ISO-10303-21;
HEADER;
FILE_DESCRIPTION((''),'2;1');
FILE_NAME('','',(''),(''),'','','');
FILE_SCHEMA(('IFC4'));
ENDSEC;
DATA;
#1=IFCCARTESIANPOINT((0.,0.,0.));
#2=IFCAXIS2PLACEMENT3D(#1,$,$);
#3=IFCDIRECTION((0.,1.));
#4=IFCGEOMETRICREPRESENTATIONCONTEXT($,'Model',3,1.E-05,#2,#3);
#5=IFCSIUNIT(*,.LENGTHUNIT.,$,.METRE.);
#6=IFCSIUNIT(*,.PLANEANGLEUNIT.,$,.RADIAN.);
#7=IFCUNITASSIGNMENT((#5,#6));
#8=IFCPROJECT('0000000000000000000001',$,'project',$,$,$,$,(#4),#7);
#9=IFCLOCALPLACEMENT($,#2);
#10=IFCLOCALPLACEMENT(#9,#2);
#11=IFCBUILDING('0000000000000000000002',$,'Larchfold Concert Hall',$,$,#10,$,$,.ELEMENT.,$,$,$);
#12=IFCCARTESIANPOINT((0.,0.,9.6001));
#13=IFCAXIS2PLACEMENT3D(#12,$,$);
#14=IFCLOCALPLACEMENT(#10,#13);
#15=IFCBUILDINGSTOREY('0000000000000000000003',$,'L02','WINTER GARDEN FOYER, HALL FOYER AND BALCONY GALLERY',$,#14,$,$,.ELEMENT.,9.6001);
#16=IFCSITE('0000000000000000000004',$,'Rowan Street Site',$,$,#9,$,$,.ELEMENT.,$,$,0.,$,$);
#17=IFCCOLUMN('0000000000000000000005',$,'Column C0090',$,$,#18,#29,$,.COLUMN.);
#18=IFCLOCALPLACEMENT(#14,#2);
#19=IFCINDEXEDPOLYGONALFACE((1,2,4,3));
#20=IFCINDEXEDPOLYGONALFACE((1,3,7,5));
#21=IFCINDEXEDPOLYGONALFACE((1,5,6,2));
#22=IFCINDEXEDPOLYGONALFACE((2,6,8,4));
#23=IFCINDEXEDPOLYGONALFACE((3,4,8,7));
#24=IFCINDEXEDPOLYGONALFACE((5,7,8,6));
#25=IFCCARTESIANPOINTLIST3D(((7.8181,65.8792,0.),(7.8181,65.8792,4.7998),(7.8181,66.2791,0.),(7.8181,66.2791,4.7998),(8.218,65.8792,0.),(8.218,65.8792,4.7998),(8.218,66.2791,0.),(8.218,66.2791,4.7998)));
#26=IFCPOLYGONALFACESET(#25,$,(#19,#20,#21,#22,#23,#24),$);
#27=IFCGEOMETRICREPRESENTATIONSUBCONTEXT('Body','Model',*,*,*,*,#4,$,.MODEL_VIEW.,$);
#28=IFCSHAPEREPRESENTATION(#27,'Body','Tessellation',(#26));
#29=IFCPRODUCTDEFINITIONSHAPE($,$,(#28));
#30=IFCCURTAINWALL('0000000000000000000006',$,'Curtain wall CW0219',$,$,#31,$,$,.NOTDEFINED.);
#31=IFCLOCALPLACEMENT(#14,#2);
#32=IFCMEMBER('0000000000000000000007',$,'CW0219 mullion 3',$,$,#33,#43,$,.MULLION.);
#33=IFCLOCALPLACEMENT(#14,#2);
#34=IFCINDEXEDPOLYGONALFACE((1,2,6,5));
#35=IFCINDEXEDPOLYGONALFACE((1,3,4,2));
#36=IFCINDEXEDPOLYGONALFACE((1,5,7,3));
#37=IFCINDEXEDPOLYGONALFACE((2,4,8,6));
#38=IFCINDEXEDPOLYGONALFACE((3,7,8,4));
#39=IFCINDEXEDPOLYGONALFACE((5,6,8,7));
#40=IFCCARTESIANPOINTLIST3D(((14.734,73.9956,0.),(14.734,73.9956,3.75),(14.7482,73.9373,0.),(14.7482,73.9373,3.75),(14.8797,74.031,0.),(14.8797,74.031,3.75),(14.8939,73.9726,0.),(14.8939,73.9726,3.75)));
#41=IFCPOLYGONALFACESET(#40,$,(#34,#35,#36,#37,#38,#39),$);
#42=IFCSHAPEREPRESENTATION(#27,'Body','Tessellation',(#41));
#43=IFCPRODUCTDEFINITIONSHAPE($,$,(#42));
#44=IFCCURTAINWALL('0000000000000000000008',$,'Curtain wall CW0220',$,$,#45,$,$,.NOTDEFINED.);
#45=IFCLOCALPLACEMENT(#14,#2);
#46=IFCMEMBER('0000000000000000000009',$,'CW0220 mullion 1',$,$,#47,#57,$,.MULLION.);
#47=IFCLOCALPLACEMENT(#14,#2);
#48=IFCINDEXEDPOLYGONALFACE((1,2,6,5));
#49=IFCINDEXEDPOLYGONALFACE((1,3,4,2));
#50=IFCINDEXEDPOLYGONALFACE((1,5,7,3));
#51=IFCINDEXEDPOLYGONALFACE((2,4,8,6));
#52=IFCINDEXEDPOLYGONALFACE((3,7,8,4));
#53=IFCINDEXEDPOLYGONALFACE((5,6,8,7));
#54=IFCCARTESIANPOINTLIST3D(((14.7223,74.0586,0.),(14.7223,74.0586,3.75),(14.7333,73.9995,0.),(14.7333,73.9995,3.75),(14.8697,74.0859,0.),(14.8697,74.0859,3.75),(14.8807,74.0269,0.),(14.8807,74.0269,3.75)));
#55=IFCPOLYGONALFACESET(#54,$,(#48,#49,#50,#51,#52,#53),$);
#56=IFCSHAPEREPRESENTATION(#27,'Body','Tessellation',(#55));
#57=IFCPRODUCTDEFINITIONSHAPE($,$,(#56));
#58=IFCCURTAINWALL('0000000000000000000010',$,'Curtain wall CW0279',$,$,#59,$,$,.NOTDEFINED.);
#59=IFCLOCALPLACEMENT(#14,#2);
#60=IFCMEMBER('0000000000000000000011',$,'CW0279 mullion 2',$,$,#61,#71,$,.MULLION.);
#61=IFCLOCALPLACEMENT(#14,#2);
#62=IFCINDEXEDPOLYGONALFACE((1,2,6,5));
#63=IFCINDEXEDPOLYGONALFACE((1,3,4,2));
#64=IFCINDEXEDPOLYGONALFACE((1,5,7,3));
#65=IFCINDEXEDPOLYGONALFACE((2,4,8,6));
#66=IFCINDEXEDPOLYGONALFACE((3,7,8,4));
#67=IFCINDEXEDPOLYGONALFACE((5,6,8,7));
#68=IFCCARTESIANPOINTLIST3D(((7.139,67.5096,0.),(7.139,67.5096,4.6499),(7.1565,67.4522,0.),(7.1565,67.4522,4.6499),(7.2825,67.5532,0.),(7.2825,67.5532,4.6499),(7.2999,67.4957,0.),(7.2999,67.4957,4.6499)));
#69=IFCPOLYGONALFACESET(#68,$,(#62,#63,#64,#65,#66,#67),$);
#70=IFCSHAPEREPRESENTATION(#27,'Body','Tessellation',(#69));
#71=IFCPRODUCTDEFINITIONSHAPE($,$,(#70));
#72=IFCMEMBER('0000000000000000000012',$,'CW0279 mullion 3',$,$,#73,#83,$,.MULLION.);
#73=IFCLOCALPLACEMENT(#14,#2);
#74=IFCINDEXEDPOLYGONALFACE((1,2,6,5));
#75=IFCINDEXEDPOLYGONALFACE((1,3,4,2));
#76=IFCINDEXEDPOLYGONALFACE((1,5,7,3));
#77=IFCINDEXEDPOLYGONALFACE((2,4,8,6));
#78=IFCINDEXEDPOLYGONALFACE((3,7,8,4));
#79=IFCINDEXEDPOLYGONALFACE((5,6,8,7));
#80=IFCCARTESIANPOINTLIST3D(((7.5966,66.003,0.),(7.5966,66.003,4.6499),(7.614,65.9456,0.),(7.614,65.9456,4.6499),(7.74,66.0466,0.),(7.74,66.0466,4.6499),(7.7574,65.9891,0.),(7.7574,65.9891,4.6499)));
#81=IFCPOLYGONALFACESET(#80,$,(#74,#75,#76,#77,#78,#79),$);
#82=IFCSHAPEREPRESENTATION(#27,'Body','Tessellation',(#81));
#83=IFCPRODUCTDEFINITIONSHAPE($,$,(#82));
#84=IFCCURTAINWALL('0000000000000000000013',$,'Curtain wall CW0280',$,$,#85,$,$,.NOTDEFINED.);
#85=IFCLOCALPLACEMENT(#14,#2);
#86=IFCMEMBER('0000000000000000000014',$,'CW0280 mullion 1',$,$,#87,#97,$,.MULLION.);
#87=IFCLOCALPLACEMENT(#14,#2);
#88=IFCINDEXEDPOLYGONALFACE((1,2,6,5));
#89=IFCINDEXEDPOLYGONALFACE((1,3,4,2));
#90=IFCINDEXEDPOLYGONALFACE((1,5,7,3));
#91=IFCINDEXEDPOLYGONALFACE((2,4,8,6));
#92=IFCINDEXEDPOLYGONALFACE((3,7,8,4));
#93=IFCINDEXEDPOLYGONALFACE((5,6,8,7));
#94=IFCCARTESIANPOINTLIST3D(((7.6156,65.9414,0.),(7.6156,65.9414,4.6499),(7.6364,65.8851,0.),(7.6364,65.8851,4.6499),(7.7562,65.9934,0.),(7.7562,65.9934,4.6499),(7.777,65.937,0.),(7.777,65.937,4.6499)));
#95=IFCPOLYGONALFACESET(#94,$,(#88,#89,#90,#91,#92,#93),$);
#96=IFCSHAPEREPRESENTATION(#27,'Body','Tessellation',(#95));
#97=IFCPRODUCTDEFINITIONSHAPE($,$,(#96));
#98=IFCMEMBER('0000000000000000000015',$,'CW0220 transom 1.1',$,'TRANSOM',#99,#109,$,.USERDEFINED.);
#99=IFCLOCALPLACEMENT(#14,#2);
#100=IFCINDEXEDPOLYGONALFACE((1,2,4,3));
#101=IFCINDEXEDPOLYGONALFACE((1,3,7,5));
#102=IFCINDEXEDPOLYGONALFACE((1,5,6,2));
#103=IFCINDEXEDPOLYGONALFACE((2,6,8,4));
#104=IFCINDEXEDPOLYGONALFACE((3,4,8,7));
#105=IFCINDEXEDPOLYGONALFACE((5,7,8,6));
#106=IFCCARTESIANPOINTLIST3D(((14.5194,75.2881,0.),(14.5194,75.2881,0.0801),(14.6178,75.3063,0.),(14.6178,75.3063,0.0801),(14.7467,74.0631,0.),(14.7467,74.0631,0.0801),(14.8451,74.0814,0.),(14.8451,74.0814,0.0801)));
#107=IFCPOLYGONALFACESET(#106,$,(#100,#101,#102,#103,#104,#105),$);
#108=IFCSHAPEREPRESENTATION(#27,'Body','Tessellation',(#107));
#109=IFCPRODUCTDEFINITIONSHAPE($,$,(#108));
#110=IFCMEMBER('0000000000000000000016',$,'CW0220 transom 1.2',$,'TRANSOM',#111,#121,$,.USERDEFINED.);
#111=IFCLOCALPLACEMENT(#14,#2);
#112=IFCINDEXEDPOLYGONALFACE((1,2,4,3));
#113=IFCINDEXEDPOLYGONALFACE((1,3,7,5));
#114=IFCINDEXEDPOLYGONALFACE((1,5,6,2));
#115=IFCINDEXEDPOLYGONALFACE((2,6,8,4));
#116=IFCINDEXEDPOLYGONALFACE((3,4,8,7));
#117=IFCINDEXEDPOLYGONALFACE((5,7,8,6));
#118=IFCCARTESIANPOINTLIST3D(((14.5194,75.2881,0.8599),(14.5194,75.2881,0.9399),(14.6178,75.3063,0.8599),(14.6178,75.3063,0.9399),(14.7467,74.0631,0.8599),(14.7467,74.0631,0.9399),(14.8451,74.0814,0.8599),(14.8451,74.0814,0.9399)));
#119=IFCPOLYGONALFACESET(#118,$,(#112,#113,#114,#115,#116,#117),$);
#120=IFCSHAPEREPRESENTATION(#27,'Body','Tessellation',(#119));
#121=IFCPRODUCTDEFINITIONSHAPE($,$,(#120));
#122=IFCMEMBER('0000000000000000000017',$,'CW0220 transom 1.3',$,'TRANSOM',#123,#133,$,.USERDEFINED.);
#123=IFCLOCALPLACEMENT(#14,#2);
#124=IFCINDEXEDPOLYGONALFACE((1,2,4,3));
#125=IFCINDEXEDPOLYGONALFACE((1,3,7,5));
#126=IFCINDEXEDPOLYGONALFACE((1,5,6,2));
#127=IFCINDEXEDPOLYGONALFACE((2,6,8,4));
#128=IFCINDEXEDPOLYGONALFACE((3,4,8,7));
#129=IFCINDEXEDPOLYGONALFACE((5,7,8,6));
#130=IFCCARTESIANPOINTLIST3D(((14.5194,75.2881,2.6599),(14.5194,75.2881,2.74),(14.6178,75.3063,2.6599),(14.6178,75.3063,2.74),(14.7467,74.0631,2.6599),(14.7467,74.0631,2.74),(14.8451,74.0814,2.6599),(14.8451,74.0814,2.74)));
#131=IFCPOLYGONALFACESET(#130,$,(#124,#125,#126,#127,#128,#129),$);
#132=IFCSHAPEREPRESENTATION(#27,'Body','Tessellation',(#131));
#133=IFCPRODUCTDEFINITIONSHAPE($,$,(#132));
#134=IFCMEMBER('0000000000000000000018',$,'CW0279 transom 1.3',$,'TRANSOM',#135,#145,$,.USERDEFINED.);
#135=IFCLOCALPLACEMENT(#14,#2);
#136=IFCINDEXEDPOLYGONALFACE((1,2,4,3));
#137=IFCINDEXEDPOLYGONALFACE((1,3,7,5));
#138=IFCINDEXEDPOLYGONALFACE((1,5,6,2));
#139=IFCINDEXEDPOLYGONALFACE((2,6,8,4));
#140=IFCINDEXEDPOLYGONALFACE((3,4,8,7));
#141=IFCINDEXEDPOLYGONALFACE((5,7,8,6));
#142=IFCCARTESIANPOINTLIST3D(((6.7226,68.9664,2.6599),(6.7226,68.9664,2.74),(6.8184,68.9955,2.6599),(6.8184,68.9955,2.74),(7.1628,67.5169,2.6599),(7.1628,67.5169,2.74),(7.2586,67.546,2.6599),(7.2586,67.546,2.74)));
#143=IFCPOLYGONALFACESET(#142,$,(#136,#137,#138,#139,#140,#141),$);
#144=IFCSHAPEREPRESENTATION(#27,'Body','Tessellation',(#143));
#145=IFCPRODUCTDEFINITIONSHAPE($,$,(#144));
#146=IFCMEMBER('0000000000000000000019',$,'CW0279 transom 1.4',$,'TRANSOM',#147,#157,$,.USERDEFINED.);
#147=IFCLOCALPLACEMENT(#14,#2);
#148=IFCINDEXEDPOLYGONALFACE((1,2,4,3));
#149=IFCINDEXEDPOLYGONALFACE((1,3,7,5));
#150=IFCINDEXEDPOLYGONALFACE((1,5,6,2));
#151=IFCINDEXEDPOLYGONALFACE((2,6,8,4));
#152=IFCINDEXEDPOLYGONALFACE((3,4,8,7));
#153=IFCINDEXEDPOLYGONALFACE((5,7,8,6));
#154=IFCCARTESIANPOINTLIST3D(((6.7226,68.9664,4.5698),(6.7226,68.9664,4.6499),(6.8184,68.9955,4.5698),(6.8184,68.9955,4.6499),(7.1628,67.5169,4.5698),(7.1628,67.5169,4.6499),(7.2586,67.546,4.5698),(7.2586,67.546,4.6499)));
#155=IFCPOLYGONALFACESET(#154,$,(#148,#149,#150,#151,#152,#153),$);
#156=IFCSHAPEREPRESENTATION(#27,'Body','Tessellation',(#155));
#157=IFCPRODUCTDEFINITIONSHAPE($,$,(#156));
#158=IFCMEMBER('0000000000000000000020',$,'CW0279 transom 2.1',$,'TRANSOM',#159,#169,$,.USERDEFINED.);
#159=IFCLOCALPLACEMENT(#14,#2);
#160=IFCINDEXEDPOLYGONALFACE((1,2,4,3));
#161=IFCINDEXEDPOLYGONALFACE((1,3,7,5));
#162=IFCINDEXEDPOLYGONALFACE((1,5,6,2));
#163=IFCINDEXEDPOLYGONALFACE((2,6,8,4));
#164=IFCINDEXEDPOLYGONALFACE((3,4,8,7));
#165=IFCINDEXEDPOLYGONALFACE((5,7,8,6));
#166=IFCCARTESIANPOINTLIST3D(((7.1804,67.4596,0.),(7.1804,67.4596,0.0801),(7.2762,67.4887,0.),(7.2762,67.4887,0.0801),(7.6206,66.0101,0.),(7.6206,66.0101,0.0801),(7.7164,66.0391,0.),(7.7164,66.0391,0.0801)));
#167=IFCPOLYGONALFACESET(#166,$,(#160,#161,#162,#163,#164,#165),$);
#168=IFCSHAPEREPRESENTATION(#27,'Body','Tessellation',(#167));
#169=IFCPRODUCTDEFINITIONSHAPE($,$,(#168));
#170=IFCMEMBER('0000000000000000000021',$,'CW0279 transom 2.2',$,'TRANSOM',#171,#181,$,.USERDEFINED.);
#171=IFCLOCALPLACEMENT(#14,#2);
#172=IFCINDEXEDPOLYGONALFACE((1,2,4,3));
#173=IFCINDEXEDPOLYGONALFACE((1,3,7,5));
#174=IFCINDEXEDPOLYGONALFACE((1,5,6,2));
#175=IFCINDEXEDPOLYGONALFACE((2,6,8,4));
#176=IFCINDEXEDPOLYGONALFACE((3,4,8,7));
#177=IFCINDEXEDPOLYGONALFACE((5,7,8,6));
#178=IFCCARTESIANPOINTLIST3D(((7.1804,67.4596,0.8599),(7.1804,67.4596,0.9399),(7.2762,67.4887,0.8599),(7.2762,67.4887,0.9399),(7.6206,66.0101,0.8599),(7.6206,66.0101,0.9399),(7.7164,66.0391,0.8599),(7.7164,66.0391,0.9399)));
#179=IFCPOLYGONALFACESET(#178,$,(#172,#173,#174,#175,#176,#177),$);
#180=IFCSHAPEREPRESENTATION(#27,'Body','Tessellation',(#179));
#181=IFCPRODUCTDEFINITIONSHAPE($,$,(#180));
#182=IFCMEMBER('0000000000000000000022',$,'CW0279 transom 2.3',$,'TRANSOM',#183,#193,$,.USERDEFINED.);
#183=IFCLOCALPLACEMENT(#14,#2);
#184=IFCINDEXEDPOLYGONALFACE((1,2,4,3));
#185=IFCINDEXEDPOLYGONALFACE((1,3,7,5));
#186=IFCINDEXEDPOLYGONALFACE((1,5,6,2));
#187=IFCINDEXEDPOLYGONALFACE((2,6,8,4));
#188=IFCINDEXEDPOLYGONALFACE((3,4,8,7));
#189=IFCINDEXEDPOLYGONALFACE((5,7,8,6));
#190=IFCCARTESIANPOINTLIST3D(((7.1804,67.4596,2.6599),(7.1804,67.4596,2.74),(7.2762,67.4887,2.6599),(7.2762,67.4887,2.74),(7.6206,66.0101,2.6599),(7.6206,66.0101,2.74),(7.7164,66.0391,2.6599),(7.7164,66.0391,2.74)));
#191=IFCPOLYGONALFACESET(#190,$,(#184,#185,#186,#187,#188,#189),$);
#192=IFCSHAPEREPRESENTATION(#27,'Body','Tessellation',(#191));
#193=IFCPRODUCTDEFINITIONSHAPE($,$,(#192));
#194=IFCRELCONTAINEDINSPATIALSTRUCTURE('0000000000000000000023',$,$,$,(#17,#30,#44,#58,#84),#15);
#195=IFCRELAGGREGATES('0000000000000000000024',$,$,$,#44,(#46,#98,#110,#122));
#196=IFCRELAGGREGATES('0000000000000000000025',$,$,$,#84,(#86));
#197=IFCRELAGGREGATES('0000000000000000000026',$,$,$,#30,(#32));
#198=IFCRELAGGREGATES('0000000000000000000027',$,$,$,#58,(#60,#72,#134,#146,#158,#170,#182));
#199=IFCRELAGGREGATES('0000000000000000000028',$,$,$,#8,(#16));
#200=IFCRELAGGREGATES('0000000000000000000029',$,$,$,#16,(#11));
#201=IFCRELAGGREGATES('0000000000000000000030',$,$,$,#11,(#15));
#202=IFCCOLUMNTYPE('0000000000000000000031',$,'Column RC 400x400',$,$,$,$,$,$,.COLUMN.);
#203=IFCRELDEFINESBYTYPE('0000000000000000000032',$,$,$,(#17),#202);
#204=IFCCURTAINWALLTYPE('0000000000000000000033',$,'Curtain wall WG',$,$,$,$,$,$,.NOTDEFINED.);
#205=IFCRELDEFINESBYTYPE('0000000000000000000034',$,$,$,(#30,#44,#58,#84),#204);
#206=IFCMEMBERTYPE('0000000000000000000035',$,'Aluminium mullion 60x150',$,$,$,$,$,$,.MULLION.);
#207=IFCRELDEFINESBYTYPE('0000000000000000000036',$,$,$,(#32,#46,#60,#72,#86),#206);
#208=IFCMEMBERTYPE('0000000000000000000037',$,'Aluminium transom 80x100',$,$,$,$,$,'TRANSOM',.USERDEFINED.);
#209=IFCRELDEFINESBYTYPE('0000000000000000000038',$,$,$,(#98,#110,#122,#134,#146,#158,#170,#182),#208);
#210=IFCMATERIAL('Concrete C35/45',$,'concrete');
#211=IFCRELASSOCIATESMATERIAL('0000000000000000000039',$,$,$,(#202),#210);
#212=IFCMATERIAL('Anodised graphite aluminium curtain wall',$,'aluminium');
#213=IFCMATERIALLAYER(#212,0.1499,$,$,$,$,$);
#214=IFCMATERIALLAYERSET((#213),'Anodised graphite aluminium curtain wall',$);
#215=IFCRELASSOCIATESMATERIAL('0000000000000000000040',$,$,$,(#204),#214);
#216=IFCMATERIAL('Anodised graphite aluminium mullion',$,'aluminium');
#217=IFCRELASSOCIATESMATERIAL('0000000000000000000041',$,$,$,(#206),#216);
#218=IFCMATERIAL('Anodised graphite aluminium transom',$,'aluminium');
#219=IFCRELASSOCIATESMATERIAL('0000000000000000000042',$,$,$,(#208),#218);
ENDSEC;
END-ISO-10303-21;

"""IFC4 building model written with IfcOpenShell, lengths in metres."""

from ifc_helpers import new_model, si_unit, direction, frame, origin, origin_2d, place, context, subcontext, project, spatial, rectangle, extrude, material, layer, layer_set, material_profile, profile_set, type_object, element, aggregate, save


model = new_model("IFC4")

# Units and contexts
model_context = context("Model", 3, precision=1e-05, world=origin(), true_north=direction((0.0, 1.0)))
body_context = subcontext(model_context, "Body", "Model", "MODEL_VIEW")
ifc_project = project(units=[si_unit("LENGTHUNIT", "METRE"), si_unit("PLANEANGLEUNIT", "RADIAN")], contexts=[model_context])

# Site, building, storey
site_placement = place(None, origin())
site = spatial("IfcSite", under=ifc_project, at=site_placement, Name="Rowan Street Site", CompositionType="ELEMENT", RefElevation=0.0)
building_placement = place(site_placement, origin())
building = spatial("IfcBuilding", under=site, at=building_placement, Name="Larchfold Concert Hall", CompositionType="ELEMENT")
storey_placement = place(building_placement, frame((0.0, 0.0, 9.6001)))
storey = spatial("IfcBuildingStorey", under=building, at=storey_placement, Name="L02", Description="WINTER GARDEN FOYER, HALL FOYER AND BALCONY GALLERY", CompositionType="ELEMENT", Elevation=9.6001)

# Column
ifc_material_1 = material(Name="Concrete C35/45", Category="concrete")
ifc_material_profile_1 = material_profile(ifc_material_1, rectangle(XDim=0.3999, YDim=0.3999, at=origin_2d()))
ifc_profile_set_1 = profile_set([ifc_material_profile_1], Name="Concrete C35/45")
column_type = type_object("IfcColumnType", Name="Column RC 400x400", PredefinedType="COLUMN", material=ifc_profile_set_1)
column_placement = place(storey_placement, frame((8.0181, 66.0791, 0.0), z_axis=(0.0, 0.0, 1.0), x_axis=(1.0, 0.0, 0.0)))
element("IfcColumn", 1, at=column_placement, inside=storey, type_object=column_type, Name="Column C0090", PredefinedType="COLUMN", context=body_context, shape_type="SweptSolid", body=[
    extrude(rectangle(XDim=0.3999, YDim=0.3999, at=origin_2d()), origin(), (0.0, 0.0, 1.0), 4.7998),
])

# Curtain walls, members
ifc_material_2 = material(Name="Anodised graphite aluminium curtain wall", Category="aluminium")
ifc_layer_1 = layer(ifc_material_2, 0.1499)
ifc_layer_set_1 = layer_set([ifc_layer_1], Name="Anodised graphite aluminium curtain wall")
curtain_wall_type = type_object("IfcCurtainWallType", Name="Curtain wall WG", PredefinedType="NOTDEFINED", material=ifc_layer_set_1)
curtain_wall_1_placement = place(storey_placement, origin())
curtain_wall_1 = element("IfcCurtainWall", 2, at=curtain_wall_1_placement, inside=storey, type_object=curtain_wall_type, Name="Curtain wall CW0219", PredefinedType="NOTDEFINED")
ifc_material_3 = material(Name="Anodised graphite aluminium mullion", Category="aluminium")
ifc_material_profile_2 = material_profile(ifc_material_3, rectangle(XDim=0.1499, YDim=0.0601, at=origin_2d()))
ifc_profile_set_2 = profile_set([ifc_material_profile_2], Name="Anodised graphite aluminium mullion")
member_type_1 = type_object("IfcMemberType", Name="Aluminium mullion 60x150", PredefinedType="MULLION", material=ifc_profile_set_2)
member_1_placement = place(storey_placement, frame((14.814, 73.9841, 0.0), z_axis=(0.0, 0.0, 1.0), x_axis=(-0.971771, -0.235926, 0.0)))
member_1 = element("IfcMember", 3, at=member_1_placement, type_object=member_type_1, Name="CW0219 mullion 3", PredefinedType="MULLION", context=body_context, shape_type="SweptSolid", body=[
    extrude(rectangle(XDim=0.1499, YDim=0.0601, at=origin_2d()), origin(), (0.0, 0.0, 1.0), 3.75),
])
curtain_wall_2_placement = place(storey_placement, origin())
curtain_wall_2 = element("IfcCurtainWall", 4, at=curtain_wall_2_placement, inside=storey, type_object=curtain_wall_type, Name="Curtain wall CW0220", PredefinedType="NOTDEFINED")
member_2_placement = place(storey_placement, frame((14.8015, 74.0427, 0.0), z_axis=(0.0, 0.0, 1.0), x_axis=(-0.983226, -0.18239, 0.0)))
member_2 = element("IfcMember", 5, at=member_2_placement, type_object=member_type_1, Name="CW0220 mullion 1", PredefinedType="MULLION", context=body_context, shape_type="SweptSolid", body=[
    extrude(rectangle(XDim=0.1499, YDim=0.0601, at=origin_2d()), origin(), (0.0, 0.0, 1.0), 3.75),
])

# Curtain wall, members
curtain_wall_3_placement = place(storey_placement, origin())
curtain_wall_3 = element("IfcCurtainWall", 6, at=curtain_wall_3_placement, inside=storey, type_object=curtain_wall_type, Name="Curtain wall CW0279", PredefinedType="NOTDEFINED")
member_3_placement = place(storey_placement, frame((7.2195, 67.5027, 0.0), z_axis=(0.0, 0.0, 1.0), x_axis=(0.956851, 0.290577, 0.0)))
member_3 = element("IfcMember", 7, at=member_3_placement, type_object=member_type_1, Name="CW0279 mullion 2", PredefinedType="MULLION", context=body_context, shape_type="SweptSolid", body=[
    extrude(rectangle(XDim=0.1499, YDim=0.0601, at=origin_2d()), origin(), (0.0, 0.0, 1.0), 4.6499),
])
member_4_placement = place(storey_placement, frame((7.677, 65.9961, 0.0), z_axis=(0.0, 0.0, 1.0), x_axis=(0.956851, 0.290577, 0.0)))
member_4 = element("IfcMember", 8, at=member_4_placement, type_object=member_type_1, Name="CW0279 mullion 3", PredefinedType="MULLION", context=body_context, shape_type="SweptSolid", body=[
    extrude(rectangle(XDim=0.1499, YDim=0.0601, at=origin_2d()), origin(), (0.0, 0.0, 1.0), 4.6499),
])

# Curtain wall, member
curtain_wall_4_placement = place(storey_placement, origin())
curtain_wall_4 = element("IfcCurtainWall", 9, at=curtain_wall_4_placement, inside=storey, type_object=curtain_wall_type, Name="Curtain wall CW0280", PredefinedType="NOTDEFINED")
member_5_placement = place(storey_placement, frame((7.6963, 65.9392, 0.0), z_axis=(0.0, 0.0, 1.0), x_axis=(0.938015, 0.346594, 0.0)))
member_5 = element("IfcMember", 10, at=member_5_placement, type_object=member_type_1, Name="CW0280 mullion 1", PredefinedType="MULLION", context=body_context, shape_type="SweptSolid", body=[
    extrude(rectangle(XDim=0.1499, YDim=0.0601, at=origin_2d()), origin(), (0.0, 0.0, 1.0), 4.6499),
])

# Members
ifc_material_4 = material(Name="Anodised graphite aluminium transom", Category="aluminium")
ifc_material_profile_3 = material_profile(ifc_material_4, rectangle(XDim=0.1001, YDim=0.0801, at=origin_2d()))
ifc_profile_set_3 = profile_set([ifc_material_profile_3], Name="Anodised graphite aluminium transom")
member_type_2 = type_object("IfcMemberType", Name="Aluminium transom 80x100", ElementType="TRANSOM", PredefinedType="USERDEFINED", material=ifc_profile_set_3)
member_6_placement = place(storey_placement, frame((14.7959, 74.0723, 0.04), z_axis=(-0.182454, 0.983214, 0.0), x_axis=(-0.983214, -0.182454, 0.0)))
member_6 = element("IfcMember", 11, at=member_6_placement, type_object=member_type_2, Name="CW0220 transom 1.1", ObjectType="TRANSOM", PredefinedType="USERDEFINED", context=body_context, shape_type="SweptSolid", body=[
    extrude(rectangle(XDim=0.1001, YDim=0.0801, at=origin_2d()), origin(), (0.0, 0.0, 1.0), 1.2458),
])
member_7_placement = place(storey_placement, frame((14.7959, 74.0723, 0.8999), z_axis=(-0.182454, 0.983214, 0.0), x_axis=(-0.983214, -0.182454, 0.0)))
member_7 = element("IfcMember", 12, at=member_7_placement, type_object=member_type_2, Name="CW0220 transom 1.2", ObjectType="TRANSOM", PredefinedType="USERDEFINED", context=body_context, shape_type="SweptSolid", body=[
    extrude(rectangle(XDim=0.1001, YDim=0.0801, at=origin_2d()), origin(), (0.0, 0.0, 1.0), 1.2458),
])
member_8_placement = place(storey_placement, frame((14.7959, 74.0723, 2.7), z_axis=(-0.182454, 0.983214, 0.0), x_axis=(-0.983214, -0.182454, 0.0)))
member_8 = element("IfcMember", 13, at=member_8_placement, type_object=member_type_2, Name="CW0220 transom 1.3", ObjectType="TRANSOM", PredefinedType="USERDEFINED", context=body_context, shape_type="SweptSolid", body=[
    extrude(rectangle(XDim=0.1001, YDim=0.0801, at=origin_2d()), origin(), (0.0, 0.0, 1.0), 1.2458),
])
aggregate(curtain_wall_2, [member_2, member_6, member_7, member_8])
member_9_placement = place(storey_placement, frame((6.7705, 68.981, 2.7), z_axis=(0.290584, -0.956849, 0.0), x_axis=(0.956849, 0.290584, 0.0)))
member_9 = element("IfcMember", 14, at=member_9_placement, type_object=member_type_2, Name="CW0279 transom 1.3", ObjectType="TRANSOM", PredefinedType="USERDEFINED", context=body_context, shape_type="SweptSolid", body=[
    extrude(rectangle(XDim=0.1001, YDim=0.0801, at=origin_2d()), origin(), (0.0, 0.0, 1.0), 1.5149),
])
member_10_placement = place(storey_placement, frame((6.7705, 68.981, 4.6099), z_axis=(0.290584, -0.956849, 0.0), x_axis=(0.956849, 0.290584, 0.0)))
member_10 = element("IfcMember", 15, at=member_10_placement, type_object=member_type_2, Name="CW0279 transom 1.4", ObjectType="TRANSOM", PredefinedType="USERDEFINED", context=body_context, shape_type="SweptSolid", body=[
    extrude(rectangle(XDim=0.1001, YDim=0.0801, at=origin_2d()), origin(), (0.0, 0.0, 1.0), 1.5149),
])
member_11_placement = place(storey_placement, frame((7.2283, 67.4741, 0.04), z_axis=(0.290584, -0.956849, 0.0), x_axis=(0.956849, 0.290584, 0.0)))
member_11 = element("IfcMember", 16, at=member_11_placement, type_object=member_type_2, Name="CW0279 transom 2.1", ObjectType="TRANSOM", PredefinedType="USERDEFINED", context=body_context, shape_type="SweptSolid", body=[
    extrude(rectangle(XDim=0.1001, YDim=0.0801, at=origin_2d()), origin(), (0.0, 0.0, 1.0), 1.5149),
])
member_12_placement = place(storey_placement, frame((7.2283, 67.4741, 0.8999), z_axis=(0.290584, -0.956849, 0.0), x_axis=(0.956849, 0.290584, 0.0)))
member_12 = element("IfcMember", 17, at=member_12_placement, type_object=member_type_2, Name="CW0279 transom 2.2", ObjectType="TRANSOM", PredefinedType="USERDEFINED", context=body_context, shape_type="SweptSolid", body=[
    extrude(rectangle(XDim=0.1001, YDim=0.0801, at=origin_2d()), origin(), (0.0, 0.0, 1.0), 1.5149),
])
member_13_placement = place(storey_placement, frame((7.2283, 67.4741, 2.7), z_axis=(0.290584, -0.956849, 0.0), x_axis=(0.956849, 0.290584, 0.0)))
member_13 = element("IfcMember", 18, at=member_13_placement, type_object=member_type_2, Name="CW0279 transom 2.3", ObjectType="TRANSOM", PredefinedType="USERDEFINED", context=body_context, shape_type="SweptSolid", body=[
    extrude(rectangle(XDim=0.1001, YDim=0.0801, at=origin_2d()), origin(), (0.0, 0.0, 1.0), 1.5149),
])
aggregate(curtain_wall_4, [member_5])

aggregate(curtain_wall_1, [member_1])
aggregate(curtain_wall_3, [member_3, member_4, member_9, member_10, member_11, member_12, member_13])

save(model, "model.ifc")
